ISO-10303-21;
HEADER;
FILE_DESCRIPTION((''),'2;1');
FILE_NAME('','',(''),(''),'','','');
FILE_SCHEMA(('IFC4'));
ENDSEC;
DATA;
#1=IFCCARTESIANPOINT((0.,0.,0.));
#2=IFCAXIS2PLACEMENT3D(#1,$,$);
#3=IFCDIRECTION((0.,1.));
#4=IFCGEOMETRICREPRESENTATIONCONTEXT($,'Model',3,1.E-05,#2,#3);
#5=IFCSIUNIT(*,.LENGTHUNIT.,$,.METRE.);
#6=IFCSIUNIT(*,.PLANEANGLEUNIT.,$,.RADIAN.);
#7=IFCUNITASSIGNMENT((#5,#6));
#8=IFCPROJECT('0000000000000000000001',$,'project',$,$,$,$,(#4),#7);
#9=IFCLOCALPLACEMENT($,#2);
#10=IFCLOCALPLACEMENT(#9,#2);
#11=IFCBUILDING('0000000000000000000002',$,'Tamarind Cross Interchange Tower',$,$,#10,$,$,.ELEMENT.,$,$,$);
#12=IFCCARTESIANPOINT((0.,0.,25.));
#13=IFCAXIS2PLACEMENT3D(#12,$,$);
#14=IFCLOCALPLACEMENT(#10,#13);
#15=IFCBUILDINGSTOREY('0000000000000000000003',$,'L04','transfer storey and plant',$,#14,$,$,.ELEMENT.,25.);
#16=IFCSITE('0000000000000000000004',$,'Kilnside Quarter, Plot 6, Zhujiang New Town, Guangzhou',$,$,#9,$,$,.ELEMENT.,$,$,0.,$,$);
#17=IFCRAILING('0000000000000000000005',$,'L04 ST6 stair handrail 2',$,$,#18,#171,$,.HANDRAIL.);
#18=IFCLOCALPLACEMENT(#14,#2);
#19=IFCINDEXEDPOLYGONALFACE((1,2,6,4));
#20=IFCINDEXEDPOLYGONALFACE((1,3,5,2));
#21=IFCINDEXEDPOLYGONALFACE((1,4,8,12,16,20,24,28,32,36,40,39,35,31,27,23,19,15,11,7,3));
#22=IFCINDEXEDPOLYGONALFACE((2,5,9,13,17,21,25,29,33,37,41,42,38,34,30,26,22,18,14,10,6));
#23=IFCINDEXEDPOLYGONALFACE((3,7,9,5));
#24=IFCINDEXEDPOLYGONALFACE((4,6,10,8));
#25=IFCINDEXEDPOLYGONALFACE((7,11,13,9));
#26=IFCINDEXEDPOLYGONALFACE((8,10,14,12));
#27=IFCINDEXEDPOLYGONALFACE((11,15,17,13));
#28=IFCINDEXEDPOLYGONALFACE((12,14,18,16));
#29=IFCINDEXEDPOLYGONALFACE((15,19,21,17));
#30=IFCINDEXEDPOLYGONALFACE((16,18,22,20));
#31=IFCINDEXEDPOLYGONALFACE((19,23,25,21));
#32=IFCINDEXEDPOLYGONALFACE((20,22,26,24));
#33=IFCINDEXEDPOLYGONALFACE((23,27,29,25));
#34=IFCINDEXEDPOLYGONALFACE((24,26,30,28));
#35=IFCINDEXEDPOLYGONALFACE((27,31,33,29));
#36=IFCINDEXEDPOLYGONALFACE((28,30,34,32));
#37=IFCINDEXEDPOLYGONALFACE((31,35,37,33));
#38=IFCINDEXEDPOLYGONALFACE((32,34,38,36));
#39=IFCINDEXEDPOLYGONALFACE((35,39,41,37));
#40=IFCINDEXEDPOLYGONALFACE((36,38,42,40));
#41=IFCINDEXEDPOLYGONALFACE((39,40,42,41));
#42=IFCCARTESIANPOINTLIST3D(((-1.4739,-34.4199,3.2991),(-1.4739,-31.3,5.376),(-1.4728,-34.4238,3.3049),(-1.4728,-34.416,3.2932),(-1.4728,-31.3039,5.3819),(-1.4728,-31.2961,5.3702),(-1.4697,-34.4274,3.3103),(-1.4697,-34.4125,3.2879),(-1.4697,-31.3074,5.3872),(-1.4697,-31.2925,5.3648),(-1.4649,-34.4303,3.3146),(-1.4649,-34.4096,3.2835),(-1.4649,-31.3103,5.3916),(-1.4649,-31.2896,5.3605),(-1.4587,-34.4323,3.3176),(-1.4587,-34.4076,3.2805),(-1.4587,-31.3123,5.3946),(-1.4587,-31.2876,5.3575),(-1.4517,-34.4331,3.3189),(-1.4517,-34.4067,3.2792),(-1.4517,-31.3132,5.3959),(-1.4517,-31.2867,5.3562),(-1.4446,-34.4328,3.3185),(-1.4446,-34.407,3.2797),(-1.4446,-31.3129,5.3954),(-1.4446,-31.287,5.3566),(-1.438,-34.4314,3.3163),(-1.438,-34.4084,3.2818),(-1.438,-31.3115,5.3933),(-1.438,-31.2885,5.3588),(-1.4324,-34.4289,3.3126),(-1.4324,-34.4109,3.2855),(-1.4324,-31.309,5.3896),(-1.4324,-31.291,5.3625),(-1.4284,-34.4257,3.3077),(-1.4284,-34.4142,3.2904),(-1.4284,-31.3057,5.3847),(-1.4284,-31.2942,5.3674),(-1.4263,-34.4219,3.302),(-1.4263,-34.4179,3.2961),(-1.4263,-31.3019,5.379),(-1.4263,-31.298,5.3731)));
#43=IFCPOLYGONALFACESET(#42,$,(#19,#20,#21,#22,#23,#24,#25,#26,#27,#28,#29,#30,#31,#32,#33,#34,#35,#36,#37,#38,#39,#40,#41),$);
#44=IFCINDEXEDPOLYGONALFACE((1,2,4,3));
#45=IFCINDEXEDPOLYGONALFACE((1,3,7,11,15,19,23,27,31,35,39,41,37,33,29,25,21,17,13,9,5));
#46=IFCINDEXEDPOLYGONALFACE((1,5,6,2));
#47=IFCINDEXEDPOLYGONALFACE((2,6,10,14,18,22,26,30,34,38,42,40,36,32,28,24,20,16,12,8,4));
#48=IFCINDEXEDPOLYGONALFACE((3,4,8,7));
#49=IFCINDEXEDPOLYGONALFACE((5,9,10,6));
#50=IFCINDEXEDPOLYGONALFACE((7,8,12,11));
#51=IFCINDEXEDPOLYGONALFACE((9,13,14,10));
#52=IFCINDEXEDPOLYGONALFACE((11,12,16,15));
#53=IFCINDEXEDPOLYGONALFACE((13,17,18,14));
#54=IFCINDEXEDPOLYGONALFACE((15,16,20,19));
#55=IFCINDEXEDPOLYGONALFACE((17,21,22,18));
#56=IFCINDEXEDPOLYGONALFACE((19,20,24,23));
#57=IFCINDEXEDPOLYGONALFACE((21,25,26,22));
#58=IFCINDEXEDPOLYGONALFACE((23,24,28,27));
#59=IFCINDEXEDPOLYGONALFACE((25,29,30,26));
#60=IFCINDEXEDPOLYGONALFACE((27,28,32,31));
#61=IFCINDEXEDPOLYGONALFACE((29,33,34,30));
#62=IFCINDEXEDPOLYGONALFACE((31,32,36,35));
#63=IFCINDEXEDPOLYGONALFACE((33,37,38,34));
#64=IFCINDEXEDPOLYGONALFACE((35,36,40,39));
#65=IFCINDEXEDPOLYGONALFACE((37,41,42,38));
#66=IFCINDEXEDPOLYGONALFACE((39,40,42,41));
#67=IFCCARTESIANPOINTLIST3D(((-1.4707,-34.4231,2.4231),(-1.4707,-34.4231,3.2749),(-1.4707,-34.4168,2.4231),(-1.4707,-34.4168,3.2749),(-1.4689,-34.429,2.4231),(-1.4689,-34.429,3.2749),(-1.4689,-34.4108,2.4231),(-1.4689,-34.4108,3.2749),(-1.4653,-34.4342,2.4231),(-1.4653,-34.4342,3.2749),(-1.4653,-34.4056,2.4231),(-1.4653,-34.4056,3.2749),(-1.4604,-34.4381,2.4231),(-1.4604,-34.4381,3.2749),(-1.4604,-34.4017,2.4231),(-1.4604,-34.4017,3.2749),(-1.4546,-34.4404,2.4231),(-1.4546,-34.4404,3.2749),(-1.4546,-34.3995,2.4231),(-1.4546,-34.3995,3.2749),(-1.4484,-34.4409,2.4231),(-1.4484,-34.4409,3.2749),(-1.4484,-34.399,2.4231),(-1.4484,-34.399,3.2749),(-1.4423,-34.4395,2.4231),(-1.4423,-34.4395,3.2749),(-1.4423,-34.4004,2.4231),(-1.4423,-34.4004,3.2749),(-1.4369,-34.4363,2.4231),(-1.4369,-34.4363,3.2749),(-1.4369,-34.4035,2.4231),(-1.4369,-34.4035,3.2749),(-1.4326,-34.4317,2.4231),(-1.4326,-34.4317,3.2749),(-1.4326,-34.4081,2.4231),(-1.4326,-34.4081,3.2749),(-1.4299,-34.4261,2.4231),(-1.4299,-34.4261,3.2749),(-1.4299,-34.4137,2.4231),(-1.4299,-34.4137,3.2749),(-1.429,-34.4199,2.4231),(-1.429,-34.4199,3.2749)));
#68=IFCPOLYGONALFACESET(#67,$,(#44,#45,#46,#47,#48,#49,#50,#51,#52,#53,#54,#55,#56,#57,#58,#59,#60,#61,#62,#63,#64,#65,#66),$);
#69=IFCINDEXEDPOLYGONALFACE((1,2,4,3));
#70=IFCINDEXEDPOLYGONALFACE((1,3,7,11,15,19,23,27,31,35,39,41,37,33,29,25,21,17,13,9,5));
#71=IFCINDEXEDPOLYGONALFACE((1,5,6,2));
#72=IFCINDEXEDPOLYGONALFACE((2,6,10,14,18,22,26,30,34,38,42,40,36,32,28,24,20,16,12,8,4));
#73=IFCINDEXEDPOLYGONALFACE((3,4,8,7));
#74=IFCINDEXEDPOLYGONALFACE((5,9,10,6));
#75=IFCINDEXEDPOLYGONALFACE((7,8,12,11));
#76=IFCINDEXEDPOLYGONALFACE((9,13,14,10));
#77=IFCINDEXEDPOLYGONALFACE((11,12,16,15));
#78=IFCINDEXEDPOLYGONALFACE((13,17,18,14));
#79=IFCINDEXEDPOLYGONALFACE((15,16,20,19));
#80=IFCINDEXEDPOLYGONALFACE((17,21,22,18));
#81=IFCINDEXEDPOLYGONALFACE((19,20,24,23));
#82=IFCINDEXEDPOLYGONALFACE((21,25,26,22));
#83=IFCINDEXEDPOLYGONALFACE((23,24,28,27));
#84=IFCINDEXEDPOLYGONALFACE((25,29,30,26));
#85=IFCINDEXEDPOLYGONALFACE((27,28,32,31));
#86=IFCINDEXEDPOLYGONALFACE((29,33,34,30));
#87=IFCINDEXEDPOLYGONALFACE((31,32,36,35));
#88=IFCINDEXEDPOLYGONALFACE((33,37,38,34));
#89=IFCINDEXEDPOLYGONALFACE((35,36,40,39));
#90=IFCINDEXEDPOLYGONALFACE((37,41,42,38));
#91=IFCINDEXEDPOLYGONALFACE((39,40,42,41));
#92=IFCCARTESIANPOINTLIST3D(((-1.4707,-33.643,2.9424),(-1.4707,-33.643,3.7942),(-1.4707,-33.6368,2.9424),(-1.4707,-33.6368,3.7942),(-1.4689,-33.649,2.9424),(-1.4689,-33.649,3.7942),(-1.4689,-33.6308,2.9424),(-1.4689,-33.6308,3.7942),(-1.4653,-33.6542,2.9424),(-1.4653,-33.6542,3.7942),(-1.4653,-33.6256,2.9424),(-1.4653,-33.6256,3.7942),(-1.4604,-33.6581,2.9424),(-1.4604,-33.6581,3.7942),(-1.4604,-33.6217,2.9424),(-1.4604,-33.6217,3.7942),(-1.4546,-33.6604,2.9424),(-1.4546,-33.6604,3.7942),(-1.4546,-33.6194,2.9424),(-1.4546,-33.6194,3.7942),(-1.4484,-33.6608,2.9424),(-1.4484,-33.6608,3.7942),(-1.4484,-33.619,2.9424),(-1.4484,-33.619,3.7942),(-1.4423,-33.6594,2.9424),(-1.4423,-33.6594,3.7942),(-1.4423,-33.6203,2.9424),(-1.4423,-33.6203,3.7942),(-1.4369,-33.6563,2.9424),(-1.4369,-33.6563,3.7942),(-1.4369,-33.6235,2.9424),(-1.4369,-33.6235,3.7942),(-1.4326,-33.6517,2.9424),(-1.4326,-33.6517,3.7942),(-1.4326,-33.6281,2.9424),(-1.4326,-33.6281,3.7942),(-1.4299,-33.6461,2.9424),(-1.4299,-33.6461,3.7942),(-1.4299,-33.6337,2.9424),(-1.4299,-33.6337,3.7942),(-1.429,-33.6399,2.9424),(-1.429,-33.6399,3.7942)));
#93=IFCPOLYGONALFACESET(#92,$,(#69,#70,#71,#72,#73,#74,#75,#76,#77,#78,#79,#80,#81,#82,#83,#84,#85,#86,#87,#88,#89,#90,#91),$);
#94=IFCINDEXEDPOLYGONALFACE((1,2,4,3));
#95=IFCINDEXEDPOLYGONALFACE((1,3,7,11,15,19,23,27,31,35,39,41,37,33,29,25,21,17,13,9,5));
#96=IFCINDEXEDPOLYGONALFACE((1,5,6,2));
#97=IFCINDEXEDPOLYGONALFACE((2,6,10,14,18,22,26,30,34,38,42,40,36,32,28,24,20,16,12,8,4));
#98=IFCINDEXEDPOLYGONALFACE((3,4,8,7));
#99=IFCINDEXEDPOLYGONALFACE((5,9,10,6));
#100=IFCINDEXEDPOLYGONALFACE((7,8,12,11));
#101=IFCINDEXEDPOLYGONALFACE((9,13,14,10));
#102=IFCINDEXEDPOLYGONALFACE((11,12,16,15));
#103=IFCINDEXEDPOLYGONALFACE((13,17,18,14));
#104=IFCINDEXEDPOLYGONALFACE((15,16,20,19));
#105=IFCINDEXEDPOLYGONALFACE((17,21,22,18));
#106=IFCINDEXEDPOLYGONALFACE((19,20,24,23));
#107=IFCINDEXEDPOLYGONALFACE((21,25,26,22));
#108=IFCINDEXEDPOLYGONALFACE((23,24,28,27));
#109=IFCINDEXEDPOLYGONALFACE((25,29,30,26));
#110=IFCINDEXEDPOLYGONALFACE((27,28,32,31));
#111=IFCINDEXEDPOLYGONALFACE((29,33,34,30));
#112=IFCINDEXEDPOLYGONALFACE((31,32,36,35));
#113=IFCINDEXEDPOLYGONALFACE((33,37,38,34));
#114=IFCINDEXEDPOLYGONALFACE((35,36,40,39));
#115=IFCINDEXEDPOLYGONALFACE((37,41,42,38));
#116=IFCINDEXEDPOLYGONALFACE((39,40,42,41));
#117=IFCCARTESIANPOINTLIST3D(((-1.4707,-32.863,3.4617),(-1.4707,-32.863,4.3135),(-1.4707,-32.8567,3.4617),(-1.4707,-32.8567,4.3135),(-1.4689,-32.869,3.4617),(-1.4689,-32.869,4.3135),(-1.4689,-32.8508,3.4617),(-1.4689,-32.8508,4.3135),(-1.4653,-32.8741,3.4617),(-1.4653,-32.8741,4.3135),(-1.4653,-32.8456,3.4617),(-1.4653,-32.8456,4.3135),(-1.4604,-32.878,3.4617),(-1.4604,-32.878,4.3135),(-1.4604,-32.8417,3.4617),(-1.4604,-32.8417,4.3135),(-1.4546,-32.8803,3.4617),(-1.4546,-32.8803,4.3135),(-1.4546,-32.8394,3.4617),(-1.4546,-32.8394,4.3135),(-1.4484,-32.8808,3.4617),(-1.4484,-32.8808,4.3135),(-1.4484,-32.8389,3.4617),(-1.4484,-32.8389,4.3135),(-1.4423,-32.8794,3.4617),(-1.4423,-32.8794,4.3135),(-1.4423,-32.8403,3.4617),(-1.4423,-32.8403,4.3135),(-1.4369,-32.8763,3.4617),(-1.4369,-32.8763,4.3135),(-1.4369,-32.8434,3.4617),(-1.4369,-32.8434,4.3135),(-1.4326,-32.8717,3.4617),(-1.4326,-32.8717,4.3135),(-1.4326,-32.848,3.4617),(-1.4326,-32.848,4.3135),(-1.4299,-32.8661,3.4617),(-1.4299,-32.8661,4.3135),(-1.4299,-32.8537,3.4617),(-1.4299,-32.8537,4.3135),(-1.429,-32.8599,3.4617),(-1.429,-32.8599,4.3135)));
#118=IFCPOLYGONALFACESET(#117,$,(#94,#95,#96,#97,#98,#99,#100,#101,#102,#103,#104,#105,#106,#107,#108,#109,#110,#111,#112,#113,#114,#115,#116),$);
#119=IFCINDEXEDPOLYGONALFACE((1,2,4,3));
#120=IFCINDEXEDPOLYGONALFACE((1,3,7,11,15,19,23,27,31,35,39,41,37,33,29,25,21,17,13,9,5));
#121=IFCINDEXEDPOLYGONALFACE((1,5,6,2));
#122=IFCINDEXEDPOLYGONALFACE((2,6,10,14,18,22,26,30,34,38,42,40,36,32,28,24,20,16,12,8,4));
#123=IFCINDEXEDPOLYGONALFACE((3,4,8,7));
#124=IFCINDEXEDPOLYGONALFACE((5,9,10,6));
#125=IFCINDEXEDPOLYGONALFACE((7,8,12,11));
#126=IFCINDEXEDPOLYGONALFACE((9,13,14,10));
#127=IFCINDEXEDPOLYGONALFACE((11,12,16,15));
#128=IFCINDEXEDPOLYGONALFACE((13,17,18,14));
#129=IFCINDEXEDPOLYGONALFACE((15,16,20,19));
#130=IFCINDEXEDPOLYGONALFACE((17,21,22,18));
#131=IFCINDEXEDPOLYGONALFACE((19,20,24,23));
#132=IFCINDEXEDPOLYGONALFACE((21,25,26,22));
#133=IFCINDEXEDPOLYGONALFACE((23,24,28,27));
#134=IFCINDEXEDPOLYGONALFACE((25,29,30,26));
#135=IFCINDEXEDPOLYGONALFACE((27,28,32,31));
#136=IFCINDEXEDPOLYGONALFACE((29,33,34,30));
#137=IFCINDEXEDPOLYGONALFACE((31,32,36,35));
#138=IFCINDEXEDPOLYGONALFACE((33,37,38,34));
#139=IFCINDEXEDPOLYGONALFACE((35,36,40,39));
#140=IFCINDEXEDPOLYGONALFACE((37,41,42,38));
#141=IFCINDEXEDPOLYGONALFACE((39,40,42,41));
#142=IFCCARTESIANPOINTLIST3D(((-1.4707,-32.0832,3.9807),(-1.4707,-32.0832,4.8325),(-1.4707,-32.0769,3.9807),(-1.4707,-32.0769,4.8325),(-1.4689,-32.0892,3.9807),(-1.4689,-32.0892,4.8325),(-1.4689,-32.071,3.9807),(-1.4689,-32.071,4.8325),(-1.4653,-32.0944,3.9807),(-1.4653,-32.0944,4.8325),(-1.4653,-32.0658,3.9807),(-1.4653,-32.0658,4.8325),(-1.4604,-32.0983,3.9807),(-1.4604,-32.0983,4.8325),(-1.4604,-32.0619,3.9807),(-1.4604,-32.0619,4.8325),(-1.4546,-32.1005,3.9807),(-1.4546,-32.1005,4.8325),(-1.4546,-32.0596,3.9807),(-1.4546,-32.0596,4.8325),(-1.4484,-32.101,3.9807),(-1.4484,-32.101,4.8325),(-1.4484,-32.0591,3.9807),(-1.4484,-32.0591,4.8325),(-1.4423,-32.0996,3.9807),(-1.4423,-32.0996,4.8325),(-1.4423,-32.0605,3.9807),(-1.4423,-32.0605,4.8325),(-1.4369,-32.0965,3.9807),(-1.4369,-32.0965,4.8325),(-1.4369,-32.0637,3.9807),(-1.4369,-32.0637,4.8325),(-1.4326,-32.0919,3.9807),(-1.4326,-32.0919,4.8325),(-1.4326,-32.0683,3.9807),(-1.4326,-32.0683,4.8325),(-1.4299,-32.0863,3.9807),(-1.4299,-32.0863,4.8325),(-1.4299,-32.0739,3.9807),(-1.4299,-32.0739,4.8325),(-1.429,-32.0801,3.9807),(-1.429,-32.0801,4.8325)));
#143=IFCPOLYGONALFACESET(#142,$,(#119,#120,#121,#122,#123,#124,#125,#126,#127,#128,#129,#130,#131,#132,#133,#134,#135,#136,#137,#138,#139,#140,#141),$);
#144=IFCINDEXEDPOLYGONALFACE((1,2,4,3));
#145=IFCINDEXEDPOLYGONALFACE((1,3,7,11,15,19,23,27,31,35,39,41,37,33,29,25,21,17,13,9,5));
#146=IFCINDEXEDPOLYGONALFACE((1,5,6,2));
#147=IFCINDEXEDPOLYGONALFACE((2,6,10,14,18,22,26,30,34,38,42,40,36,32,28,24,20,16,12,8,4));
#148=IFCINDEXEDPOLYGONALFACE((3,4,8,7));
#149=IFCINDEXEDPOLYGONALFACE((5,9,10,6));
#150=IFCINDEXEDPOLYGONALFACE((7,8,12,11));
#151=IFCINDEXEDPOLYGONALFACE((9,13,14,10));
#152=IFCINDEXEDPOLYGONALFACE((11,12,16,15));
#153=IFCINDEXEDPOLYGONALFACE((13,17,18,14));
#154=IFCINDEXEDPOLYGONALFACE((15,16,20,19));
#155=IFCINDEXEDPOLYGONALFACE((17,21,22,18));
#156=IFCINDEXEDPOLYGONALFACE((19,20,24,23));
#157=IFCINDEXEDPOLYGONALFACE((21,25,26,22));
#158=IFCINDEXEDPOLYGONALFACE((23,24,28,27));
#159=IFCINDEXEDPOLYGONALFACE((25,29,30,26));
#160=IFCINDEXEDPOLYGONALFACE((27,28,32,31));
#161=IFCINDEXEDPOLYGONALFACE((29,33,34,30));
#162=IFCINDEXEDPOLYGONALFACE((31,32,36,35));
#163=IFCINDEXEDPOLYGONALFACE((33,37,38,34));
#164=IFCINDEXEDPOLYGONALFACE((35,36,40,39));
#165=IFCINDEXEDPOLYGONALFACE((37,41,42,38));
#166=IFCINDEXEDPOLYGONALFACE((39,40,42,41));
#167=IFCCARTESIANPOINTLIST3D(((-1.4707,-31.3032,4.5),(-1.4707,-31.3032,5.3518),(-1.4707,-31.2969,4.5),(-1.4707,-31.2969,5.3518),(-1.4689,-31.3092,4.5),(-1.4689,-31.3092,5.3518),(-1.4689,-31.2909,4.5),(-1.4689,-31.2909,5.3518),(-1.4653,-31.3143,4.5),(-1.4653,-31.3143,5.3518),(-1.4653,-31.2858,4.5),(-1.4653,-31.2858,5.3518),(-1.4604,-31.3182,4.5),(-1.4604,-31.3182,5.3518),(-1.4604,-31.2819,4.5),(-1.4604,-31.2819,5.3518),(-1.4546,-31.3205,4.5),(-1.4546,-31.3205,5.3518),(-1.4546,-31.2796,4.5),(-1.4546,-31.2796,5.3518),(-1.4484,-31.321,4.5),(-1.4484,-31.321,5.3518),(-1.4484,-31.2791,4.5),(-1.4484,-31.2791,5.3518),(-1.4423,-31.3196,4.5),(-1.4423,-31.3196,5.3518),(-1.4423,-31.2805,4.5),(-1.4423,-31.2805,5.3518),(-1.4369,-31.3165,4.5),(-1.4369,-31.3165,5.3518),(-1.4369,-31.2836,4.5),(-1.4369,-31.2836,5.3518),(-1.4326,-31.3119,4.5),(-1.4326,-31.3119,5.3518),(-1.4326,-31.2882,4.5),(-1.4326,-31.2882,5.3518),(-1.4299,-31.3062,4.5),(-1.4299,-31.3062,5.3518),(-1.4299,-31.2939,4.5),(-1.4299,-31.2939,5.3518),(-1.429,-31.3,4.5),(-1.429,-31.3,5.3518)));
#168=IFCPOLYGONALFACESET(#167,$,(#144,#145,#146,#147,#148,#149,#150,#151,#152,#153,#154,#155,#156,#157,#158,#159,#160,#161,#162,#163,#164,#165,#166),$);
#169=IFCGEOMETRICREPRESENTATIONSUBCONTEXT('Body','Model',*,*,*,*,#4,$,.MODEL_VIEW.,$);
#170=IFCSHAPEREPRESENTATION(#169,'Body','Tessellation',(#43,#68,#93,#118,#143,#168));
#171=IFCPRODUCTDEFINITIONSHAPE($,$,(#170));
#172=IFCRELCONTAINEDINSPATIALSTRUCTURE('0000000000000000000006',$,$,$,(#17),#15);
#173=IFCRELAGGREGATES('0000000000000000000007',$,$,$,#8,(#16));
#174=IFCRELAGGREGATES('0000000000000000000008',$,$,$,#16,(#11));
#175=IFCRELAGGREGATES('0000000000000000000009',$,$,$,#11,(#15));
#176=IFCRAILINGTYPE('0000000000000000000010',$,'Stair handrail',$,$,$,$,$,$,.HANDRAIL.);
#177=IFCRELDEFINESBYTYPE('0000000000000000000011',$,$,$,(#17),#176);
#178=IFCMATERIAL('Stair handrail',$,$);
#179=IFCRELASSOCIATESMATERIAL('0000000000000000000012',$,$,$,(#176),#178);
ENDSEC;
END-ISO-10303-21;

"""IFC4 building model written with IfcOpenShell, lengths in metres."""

from ifc_helpers import new_model, si_unit, direction, frame, origin, origin_2d, place, context, subcontext, project, spatial, circle, extrude, material, type_object, element, save


model = new_model("IFC4")

# Units and contexts
model_context = context("Model", 3, precision=1e-05, world=origin(), true_north=direction((0.0, 1.0)))
body_context = subcontext(model_context, "Body", "Model", "MODEL_VIEW")
ifc_project = project(units=[si_unit("LENGTHUNIT", "METRE"), si_unit("PLANEANGLEUNIT", "RADIAN")], contexts=[model_context])

# Site, building, storey
site_placement = place(None, origin())
site = spatial("IfcSite", under=ifc_project, at=site_placement, Name="Kilnside Quarter, Plot 6, Zhujiang New Town, Guangzhou", CompositionType="ELEMENT", RefElevation=0.0)
building_placement = place(site_placement, origin())
building = spatial("IfcBuilding", under=site, at=building_placement, Name="Tamarind Cross Interchange Tower", CompositionType="ELEMENT")
storey_placement = place(building_placement, frame((0.0, 0.0, 25.0)))
storey = spatial("IfcBuildingStorey", under=building, at=storey_placement, Name="L04", Description="transfer storey and plant", CompositionType="ELEMENT", Elevation=25.0)

# Railing
ifc_material_1 = material(Name="Stair handrail")
railing_type_1 = type_object("IfcRailingType", Name="Stair handrail", PredefinedType="HANDRAIL", material=ifc_material_1)
railing_1_placement = place(storey_placement, frame((-1.45, -34.4199, 2.4231)))
element("IfcRailing", 1, at=railing_1_placement, inside=storey, type_object=railing_type_1, Name="L04 ST6 stair handrail 2", PredefinedType="HANDRAIL", context=body_context, shape_type="SweptSolid", body=[
    extrude(circle(Radius=0.0239, at=origin_2d()), frame((0.0, 0.0, 0.876), z_axis=(0.0, 0.832421, 0.554144), x_axis=(-1.0, 0.0, 0.0)), (0.0, 0.0, 1.0), 3.748),
    extrude(circle(Radius=0.021, at=origin_2d()), origin(), (0.0, 0.0, 1.0), 0.8518),
    extrude(circle(Radius=0.021, at=origin_2d()), frame((0.0, 0.78, 0.5193)), (0.0, 0.0, 1.0), 0.8518),
    extrude(circle(Radius=0.021, at=origin_2d()), frame((0.0, 1.5601, 1.0386)), (0.0, 0.0, 1.0), 0.8518),
    extrude(circle(Radius=0.021, at=origin_2d()), frame((0.0, 2.3398, 1.5576)), (0.0, 0.0, 1.0), 0.8518),
    extrude(circle(Radius=0.021, at=origin_2d()), frame((0.0, 3.1199, 2.0769)), (0.0, 0.0, 1.0), 0.8518),
])

save(model, "model.ifc")
